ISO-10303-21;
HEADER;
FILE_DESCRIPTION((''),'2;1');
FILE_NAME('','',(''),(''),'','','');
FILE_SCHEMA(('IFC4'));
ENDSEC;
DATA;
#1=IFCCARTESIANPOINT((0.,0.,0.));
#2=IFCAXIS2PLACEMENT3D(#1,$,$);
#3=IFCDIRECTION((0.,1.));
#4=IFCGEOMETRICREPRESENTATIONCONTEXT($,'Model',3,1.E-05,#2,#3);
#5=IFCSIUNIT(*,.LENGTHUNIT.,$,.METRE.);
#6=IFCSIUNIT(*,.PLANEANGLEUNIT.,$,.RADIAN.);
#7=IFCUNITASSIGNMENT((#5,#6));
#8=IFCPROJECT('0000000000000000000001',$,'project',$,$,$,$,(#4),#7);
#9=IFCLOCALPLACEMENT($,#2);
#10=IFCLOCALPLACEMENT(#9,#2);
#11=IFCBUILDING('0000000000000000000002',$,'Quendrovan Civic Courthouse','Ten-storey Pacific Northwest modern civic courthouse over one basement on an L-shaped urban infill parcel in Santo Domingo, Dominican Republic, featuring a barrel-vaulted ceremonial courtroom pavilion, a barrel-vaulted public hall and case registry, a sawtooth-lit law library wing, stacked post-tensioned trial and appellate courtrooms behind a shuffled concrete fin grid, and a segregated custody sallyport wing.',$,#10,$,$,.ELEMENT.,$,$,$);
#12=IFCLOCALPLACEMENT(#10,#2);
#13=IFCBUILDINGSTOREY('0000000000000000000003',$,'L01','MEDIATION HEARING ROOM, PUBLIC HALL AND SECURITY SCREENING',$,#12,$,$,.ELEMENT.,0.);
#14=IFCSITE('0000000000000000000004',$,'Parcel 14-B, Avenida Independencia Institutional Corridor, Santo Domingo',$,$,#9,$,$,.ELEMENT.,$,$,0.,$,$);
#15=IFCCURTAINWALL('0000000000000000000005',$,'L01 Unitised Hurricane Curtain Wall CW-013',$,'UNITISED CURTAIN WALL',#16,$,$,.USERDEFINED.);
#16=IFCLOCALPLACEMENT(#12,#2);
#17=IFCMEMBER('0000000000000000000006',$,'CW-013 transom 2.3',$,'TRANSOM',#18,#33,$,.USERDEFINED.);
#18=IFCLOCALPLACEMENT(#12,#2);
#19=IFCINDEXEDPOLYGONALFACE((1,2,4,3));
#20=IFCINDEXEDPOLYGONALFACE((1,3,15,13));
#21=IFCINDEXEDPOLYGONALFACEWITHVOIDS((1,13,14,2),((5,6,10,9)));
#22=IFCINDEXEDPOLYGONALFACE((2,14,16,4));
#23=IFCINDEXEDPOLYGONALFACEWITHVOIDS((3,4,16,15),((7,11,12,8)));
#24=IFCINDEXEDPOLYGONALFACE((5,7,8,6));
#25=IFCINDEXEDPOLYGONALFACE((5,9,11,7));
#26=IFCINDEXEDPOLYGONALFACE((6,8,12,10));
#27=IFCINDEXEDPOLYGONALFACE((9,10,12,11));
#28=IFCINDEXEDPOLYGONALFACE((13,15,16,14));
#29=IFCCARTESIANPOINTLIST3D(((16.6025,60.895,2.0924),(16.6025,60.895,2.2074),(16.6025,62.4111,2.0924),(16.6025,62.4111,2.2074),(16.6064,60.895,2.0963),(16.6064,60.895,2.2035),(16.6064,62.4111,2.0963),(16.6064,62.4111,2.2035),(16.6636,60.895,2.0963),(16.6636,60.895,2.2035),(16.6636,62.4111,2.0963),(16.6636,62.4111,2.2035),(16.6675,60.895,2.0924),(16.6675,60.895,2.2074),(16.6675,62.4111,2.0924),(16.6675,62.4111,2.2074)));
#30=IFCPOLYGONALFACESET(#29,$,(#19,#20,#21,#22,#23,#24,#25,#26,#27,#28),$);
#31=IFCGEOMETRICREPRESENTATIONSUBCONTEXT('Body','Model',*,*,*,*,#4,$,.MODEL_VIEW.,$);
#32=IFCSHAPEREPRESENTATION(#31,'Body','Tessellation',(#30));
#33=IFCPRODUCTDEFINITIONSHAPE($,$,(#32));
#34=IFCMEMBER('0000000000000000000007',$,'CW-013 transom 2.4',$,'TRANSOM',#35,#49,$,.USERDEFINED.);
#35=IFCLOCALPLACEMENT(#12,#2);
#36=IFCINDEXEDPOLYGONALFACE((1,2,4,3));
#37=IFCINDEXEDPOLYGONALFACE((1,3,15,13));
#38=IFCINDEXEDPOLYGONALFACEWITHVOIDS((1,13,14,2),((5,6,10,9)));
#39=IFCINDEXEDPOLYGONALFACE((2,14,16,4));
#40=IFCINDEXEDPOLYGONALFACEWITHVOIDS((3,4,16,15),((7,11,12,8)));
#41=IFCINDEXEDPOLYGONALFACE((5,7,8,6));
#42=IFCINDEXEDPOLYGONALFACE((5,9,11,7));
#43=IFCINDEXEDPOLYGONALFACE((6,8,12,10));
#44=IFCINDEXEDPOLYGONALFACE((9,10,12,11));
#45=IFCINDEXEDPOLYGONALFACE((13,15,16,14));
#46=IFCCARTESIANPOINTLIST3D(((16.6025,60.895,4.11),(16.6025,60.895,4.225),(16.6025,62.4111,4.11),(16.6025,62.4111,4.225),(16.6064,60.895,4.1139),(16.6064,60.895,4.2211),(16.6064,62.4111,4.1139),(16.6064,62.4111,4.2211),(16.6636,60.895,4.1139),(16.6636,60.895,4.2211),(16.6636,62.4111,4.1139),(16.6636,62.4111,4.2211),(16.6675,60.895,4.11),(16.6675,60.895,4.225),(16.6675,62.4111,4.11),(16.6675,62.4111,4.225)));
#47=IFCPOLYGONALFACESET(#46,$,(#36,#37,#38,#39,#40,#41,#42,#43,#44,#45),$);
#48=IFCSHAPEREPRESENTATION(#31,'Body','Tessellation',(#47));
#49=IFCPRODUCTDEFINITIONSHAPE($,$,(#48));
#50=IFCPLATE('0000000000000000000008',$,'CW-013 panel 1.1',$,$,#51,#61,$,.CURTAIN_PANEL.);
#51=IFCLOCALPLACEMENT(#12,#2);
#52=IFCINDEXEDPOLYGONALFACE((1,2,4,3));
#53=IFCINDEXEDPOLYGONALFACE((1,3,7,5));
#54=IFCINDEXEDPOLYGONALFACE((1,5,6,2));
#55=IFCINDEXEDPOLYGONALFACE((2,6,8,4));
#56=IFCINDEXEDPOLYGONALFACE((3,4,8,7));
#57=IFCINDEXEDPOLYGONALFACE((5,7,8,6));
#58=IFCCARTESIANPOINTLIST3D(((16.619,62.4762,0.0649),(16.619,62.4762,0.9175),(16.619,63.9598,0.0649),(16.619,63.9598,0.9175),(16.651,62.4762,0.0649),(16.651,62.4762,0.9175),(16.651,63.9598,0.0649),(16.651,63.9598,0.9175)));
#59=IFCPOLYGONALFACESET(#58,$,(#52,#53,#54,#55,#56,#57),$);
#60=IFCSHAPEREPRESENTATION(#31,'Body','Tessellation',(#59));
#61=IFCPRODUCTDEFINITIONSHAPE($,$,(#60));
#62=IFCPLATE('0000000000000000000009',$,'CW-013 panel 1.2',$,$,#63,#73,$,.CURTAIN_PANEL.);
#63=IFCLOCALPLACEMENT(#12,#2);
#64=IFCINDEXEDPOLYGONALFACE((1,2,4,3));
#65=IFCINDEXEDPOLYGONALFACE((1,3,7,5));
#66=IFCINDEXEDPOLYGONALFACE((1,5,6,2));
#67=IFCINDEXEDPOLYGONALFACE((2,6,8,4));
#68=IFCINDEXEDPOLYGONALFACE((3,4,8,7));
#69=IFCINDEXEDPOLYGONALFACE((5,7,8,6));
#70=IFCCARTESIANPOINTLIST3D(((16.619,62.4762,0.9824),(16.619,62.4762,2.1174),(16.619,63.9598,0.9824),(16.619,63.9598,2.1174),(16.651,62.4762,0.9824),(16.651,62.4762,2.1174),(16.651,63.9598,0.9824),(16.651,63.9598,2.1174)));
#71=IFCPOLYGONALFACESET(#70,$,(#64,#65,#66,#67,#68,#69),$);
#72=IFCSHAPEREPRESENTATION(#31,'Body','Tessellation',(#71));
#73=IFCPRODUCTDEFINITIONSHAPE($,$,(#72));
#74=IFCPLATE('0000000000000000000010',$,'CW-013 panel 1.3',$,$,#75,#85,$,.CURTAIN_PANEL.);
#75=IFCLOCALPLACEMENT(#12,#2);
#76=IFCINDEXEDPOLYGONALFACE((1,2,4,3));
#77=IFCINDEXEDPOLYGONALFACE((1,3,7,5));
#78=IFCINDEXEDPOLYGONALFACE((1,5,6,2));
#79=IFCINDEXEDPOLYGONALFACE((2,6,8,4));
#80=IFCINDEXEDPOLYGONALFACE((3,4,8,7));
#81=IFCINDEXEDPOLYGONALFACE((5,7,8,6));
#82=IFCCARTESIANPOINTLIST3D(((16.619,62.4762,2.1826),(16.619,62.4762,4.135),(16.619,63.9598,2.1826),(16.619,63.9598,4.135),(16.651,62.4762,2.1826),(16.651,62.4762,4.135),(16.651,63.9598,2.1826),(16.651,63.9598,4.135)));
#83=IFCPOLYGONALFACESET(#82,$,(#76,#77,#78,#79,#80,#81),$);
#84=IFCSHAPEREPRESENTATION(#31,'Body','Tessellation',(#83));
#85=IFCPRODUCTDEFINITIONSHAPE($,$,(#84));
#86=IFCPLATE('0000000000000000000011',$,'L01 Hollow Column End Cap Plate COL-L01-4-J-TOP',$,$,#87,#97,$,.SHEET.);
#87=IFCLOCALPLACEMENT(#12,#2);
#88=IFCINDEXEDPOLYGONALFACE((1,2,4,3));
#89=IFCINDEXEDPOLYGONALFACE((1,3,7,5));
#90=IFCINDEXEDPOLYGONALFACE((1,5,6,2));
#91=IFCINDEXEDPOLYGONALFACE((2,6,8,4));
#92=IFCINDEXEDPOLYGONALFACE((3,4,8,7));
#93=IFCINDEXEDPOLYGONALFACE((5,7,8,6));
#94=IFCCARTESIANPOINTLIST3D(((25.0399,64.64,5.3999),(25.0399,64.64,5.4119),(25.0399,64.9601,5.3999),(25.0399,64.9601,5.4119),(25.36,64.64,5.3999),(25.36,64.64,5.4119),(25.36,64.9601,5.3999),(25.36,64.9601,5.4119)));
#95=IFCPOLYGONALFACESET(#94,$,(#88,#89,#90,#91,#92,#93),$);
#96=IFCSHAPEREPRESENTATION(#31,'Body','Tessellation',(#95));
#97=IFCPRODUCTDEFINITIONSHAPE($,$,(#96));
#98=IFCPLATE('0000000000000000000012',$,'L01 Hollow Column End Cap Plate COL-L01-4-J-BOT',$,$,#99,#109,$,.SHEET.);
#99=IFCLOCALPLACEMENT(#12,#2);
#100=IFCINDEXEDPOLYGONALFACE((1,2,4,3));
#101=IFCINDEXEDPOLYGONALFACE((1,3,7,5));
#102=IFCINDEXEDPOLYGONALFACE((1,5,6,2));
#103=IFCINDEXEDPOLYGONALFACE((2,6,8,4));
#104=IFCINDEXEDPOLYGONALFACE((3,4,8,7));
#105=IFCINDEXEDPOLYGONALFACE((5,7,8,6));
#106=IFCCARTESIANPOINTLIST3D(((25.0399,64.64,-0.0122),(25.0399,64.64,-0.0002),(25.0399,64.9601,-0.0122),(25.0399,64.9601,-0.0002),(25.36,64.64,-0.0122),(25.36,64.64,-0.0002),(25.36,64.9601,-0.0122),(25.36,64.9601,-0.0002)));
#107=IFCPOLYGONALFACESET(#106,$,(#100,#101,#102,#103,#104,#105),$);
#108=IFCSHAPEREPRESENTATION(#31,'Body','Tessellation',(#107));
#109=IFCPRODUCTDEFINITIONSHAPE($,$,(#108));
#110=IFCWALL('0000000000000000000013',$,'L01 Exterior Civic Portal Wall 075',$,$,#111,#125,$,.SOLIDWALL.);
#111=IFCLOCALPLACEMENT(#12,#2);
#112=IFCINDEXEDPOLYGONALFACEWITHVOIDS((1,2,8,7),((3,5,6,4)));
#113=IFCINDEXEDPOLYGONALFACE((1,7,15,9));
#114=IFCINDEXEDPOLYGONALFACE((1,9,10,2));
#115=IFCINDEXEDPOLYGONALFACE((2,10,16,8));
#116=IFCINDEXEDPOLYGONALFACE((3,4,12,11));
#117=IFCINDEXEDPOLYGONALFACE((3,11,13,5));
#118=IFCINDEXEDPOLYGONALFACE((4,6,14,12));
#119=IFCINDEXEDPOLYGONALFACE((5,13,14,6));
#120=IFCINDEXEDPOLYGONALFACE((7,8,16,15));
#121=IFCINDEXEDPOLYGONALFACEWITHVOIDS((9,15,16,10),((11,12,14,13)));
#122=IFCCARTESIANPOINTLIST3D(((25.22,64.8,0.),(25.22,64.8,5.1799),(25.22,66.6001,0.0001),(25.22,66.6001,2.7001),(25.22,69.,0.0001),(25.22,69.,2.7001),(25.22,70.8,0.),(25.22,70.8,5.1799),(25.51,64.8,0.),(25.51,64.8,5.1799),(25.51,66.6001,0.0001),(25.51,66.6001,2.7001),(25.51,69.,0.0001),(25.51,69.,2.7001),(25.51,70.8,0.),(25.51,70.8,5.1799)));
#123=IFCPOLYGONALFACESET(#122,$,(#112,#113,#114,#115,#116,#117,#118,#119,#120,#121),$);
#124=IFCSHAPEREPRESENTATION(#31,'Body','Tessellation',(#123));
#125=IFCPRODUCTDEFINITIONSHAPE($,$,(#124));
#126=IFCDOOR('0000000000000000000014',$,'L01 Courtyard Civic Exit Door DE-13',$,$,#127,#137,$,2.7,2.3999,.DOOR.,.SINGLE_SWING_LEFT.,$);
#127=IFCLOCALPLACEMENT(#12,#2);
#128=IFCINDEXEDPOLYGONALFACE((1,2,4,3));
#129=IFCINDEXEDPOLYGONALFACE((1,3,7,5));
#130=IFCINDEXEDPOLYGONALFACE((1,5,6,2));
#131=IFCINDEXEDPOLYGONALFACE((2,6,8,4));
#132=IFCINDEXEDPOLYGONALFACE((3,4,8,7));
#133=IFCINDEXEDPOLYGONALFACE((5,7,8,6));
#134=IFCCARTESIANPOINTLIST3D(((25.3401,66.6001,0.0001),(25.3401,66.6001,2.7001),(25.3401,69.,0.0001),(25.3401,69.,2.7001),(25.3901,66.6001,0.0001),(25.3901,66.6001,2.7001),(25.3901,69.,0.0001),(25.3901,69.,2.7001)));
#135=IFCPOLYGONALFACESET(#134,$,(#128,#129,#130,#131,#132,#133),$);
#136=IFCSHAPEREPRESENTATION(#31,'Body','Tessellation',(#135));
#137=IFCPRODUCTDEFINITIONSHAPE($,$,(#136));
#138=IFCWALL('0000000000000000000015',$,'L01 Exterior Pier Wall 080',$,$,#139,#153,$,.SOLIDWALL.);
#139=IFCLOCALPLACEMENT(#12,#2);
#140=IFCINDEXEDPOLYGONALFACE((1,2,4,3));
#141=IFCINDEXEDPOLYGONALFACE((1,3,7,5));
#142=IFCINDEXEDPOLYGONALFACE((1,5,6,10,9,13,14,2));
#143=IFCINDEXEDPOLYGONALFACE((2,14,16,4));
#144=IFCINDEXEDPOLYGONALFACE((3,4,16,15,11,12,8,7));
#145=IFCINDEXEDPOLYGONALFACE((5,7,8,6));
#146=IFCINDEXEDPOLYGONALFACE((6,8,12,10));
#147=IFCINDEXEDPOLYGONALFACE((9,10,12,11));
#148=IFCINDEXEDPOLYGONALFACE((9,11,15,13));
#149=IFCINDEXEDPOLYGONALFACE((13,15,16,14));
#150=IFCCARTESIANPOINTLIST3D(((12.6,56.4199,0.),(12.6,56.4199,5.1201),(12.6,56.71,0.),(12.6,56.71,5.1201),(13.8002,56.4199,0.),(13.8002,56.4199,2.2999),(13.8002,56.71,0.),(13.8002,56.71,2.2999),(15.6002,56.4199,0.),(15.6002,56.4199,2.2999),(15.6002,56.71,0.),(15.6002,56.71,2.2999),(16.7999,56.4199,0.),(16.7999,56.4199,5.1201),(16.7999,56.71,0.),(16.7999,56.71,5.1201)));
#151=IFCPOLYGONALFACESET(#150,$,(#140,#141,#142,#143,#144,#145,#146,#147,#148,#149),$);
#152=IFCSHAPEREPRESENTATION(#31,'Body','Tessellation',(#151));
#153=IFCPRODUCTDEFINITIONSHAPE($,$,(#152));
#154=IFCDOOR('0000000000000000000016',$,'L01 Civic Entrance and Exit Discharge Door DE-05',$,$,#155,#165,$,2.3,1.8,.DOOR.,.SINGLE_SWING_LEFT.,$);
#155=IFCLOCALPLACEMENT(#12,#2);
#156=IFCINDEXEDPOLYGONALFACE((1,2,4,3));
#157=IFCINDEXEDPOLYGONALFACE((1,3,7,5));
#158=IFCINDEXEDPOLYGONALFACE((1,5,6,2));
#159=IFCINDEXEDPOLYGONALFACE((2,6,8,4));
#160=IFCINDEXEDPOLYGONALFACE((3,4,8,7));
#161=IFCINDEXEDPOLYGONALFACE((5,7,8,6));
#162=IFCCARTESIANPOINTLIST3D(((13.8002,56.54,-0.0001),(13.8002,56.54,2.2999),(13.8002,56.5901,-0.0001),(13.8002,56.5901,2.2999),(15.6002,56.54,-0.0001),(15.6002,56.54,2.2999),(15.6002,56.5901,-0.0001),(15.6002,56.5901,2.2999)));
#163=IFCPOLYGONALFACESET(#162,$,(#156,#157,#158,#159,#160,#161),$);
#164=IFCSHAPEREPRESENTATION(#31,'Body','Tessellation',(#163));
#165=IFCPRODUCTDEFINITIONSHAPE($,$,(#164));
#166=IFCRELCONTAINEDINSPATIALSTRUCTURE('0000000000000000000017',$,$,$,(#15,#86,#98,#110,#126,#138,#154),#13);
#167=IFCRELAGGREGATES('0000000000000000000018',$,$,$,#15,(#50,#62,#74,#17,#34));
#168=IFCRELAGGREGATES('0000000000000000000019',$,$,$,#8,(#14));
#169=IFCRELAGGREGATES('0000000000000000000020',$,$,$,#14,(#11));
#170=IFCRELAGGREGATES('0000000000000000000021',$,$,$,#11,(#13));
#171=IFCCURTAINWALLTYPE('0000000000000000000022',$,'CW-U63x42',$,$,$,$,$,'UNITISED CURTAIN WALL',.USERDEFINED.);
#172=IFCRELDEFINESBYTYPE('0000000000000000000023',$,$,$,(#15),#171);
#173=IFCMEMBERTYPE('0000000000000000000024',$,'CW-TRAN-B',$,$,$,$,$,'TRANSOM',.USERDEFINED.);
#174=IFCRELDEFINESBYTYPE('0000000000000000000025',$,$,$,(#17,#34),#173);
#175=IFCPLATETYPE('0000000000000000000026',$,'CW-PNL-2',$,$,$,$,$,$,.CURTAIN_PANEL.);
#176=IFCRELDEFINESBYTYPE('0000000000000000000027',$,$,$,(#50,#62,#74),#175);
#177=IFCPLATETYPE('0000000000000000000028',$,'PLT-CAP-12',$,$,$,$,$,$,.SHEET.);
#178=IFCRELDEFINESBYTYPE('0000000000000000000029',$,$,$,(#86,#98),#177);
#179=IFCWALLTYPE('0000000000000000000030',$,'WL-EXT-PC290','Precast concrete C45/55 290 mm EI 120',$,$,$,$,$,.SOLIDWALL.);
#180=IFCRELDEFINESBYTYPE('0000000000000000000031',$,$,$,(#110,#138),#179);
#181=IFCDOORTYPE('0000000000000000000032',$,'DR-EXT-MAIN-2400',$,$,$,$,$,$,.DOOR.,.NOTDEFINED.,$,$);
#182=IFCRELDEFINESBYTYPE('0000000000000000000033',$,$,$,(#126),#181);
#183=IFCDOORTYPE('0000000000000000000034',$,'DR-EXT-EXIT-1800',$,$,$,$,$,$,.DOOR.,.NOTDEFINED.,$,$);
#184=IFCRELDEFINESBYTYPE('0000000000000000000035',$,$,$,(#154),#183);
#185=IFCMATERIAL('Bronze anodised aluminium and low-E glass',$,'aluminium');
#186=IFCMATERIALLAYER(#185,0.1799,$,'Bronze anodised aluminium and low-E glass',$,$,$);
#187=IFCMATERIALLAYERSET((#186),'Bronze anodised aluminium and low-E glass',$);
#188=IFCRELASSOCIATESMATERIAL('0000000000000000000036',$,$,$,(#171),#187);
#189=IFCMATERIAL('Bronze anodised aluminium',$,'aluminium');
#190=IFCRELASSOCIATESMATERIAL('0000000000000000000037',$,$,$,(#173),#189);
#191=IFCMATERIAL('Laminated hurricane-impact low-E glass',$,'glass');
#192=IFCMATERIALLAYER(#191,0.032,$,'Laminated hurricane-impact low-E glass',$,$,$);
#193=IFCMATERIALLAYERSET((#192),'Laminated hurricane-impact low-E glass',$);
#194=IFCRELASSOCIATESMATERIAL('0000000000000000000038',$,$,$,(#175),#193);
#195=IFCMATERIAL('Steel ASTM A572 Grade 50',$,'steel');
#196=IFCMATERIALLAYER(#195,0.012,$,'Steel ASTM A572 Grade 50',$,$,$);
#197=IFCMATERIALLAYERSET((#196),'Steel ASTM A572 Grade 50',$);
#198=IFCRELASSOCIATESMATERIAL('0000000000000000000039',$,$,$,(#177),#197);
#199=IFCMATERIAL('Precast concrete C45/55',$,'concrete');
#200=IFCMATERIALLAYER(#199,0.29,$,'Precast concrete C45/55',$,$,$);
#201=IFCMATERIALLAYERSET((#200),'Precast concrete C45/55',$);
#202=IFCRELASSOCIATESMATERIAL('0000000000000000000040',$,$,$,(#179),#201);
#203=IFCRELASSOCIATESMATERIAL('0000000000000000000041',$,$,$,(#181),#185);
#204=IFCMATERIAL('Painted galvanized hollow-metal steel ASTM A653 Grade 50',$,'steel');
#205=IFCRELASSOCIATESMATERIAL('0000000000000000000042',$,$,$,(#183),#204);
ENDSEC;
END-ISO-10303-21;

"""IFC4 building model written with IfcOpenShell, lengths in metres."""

from ifc_helpers import new_model, si_unit, direction, frame, frame_2d, origin, origin_2d, place, context, subcontext, project, spatial, rectangle, hollow_rectangle, extrude, material, layer, layer_set, material_profile, profile_set, type_object, element, fill, aggregate, save


model = new_model("IFC4")

# Units and contexts
model_context = context("Model", 3, precision=1e-05, world=origin(), true_north=direction((0.0, 1.0)))
body_context = subcontext(model_context, "Body", "Model", "MODEL_VIEW")
ifc_project = project(units=[si_unit("LENGTHUNIT", "METRE"), si_unit("PLANEANGLEUNIT", "RADIAN")], contexts=[model_context])

# Site, building, storey
site_placement = place(None, origin())
site = spatial("IfcSite", under=ifc_project, at=site_placement, Name="Parcel 14-B, Avenida Independencia Institutional Corridor, Santo Domingo", CompositionType="ELEMENT", RefElevation=0.0)
building_placement = place(site_placement, origin())
building = spatial("IfcBuilding", under=site, at=building_placement, Name="Quendrovan Civic Courthouse", Description="Ten-storey Pacific Northwest modern civic courthouse over one basement on an L-shaped urban infill parcel in Santo Domingo, Dominican Republic, featuring a barrel-vaulted ceremonial courtroom pavilion, a barrel-vaulted public hall and case registry, a sawtooth-lit law library wing, stacked post-tensioned trial and appellate courtrooms behind a shuffled concrete fin grid, and a segregated custody sallyport wing.", CompositionType="ELEMENT")
storey_placement = place(building_placement, origin())
storey = spatial("IfcBuildingStorey", under=building, at=storey_placement, Name="L01", Description="MEDIATION HEARING ROOM, PUBLIC HALL AND SECURITY SCREENING", CompositionType="ELEMENT", Elevation=0.0)

# Curtain wall, members, plates
ifc_material_1 = material(Name="Bronze anodised aluminium and low-E glass", Category="aluminium")
ifc_layer_1 = layer(ifc_material_1, 0.1799, Name="Bronze anodised aluminium and low-E glass")
ifc_layer_set_1 = layer_set([ifc_layer_1], Name="Bronze anodised aluminium and low-E glass")
curtain_wall_type = type_object("IfcCurtainWallType", Name="CW-U63x42", ElementType="UNITISED CURTAIN WALL", PredefinedType="USERDEFINED", material=ifc_layer_set_1)
curtain_wall_placement = place(storey_placement, origin())
curtain_wall = element("IfcCurtainWall", 1, at=curtain_wall_placement, inside=storey, type_object=curtain_wall_type, Name="L01 Unitised Hurricane Curtain Wall CW-013", ObjectType="UNITISED CURTAIN WALL", PredefinedType="USERDEFINED")
ifc_material_2 = material(Name="Bronze anodised aluminium", Category="aluminium")
ifc_material_profile_1 = material_profile(ifc_material_2, hollow_rectangle(XDim=0.0649, YDim=0.115, WallThickness=0.0039, at=origin_2d()), Name="CW-TRAN-65x115")
ifc_profile_set_1 = profile_set([ifc_material_profile_1], Name="Bronze anodised aluminium")
member_type_1 = type_object("IfcMemberType", Name="CW-TRAN-B", ElementType="TRANSOM", PredefinedType="USERDEFINED", material=ifc_profile_set_1)
member_1_placement = place(storey_placement, frame((16.635, 62.4111, 2.1499), z_axis=(0.0, -1.0, 0.0), x_axis=(1.0, 0.0, 0.0)))
member_1 = element("IfcMember", 2, at=member_1_placement, type_object=member_type_1, Name="CW-013 transom 2.3", ObjectType="TRANSOM", PredefinedType="USERDEFINED", context=body_context, shape_type="SweptSolid", body=[
    extrude(hollow_rectangle(XDim=0.0649, YDim=0.115, WallThickness=0.0039, at=origin_2d()), origin(), (0.0, 0.0, 1.0), 1.5161),
])
member_2_placement = place(storey_placement, frame((16.635, 62.4111, 4.1675), z_axis=(0.0, -1.0, 0.0), x_axis=(1.0, 0.0, 0.0)))
member_2 = element("IfcMember", 3, at=member_2_placement, type_object=member_type_1, Name="CW-013 transom 2.4", ObjectType="TRANSOM", PredefinedType="USERDEFINED", context=body_context, shape_type="SweptSolid", body=[
    extrude(hollow_rectangle(XDim=0.0649, YDim=0.115, WallThickness=0.0039, at=origin_2d()), origin(), (0.0, 0.0, 1.0), 1.5161),
])
ifc_material_3 = material(Name="Laminated hurricane-impact low-E glass", Category="glass")
ifc_layer_2 = layer(ifc_material_3, 0.032, Name="Laminated hurricane-impact low-E glass")
ifc_layer_set_2 = layer_set([ifc_layer_2], Name="Laminated hurricane-impact low-E glass")
plate_type_1 = type_object("IfcPlateType", Name="CW-PNL-2", PredefinedType="CURTAIN_PANEL", material=ifc_layer_set_2)
plate_1_placement = place(storey_placement, frame((16.635, 63.218, 0.0649), z_axis=(0.0, 0.0, 1.0), x_axis=(0.0, -1.0, 0.0)))
plate_1 = element("IfcPlate", 4, at=plate_1_placement, type_object=plate_type_1, Name="CW-013 panel 1.1", PredefinedType="CURTAIN_PANEL", context=body_context, shape_type="SweptSolid", body=[
    extrude(rectangle(XDim=1.4836, YDim=0.032, at=origin_2d()), origin(), (0.0, 0.0, 1.0), 0.8525),
])
plate_2_placement = place(storey_placement, frame((16.635, 63.218, 0.9824), z_axis=(0.0, 0.0, 1.0), x_axis=(0.0, -1.0, 0.0)))
plate_2 = element("IfcPlate", 5, at=plate_2_placement, type_object=plate_type_1, Name="CW-013 panel 1.2", PredefinedType="CURTAIN_PANEL", context=body_context, shape_type="SweptSolid", body=[
    extrude(rectangle(XDim=1.4836, YDim=0.032, at=origin_2d()), origin(), (0.0, 0.0, 1.0), 1.135),
])
plate_3_placement = place(storey_placement, frame((16.635, 63.218, 2.1826), z_axis=(0.0, 0.0, 1.0), x_axis=(0.0, -1.0, 0.0)))
plate_3 = element("IfcPlate", 6, at=plate_3_placement, type_object=plate_type_1, Name="CW-013 panel 1.3", PredefinedType="CURTAIN_PANEL", context=body_context, shape_type="SweptSolid", body=[
    extrude(rectangle(XDim=1.4836, YDim=0.032, at=origin_2d()), origin(), (0.0, 0.0, 1.0), 1.9524),
])
aggregate(curtain_wall, [plate_1, plate_2, plate_3, member_1, member_2])

# Plates
ifc_material_4 = material(Name="Steel ASTM A572 Grade 50", Category="steel")
ifc_layer_3 = layer(ifc_material_4, 0.012, Name="Steel ASTM A572 Grade 50")
ifc_layer_set_3 = layer_set([ifc_layer_3], Name="Steel ASTM A572 Grade 50")
plate_type_2 = type_object("IfcPlateType", Name="PLT-CAP-12", PredefinedType="SHEET", material=ifc_layer_set_3)
for number, where, z_axis, x_axis, name in (
    (7, (25.2, 64.8, 5.3999), (0.0, 0.0, 1.0), (1.0, 0.0, 0.0), "L01 Hollow Column End Cap Plate COL-L01-4-J-TOP"),
    (8, (25.2, 64.8, -0.0122), (0.0, 0.0, 1.0), (1.0, 0.0, 0.0), "L01 Hollow Column End Cap Plate COL-L01-4-J-BOT"),
):
    element("IfcPlate", number, at=place(storey_placement, frame(where, z_axis=z_axis, x_axis=x_axis)), inside=storey, type_object=plate_type_2, Name=name, PredefinedType="SHEET", context=body_context, shape_type="SweptSolid", body=[
        extrude(rectangle(XDim=0.3201, YDim=0.3201, at=origin_2d()), origin(), (0.0, 0.0, 1.0), 0.012),
    ])

# Walls, openings, doors
ifc_material_5 = material(Name="Precast concrete C45/55", Category="concrete")
ifc_layer_4 = layer(ifc_material_5, 0.29, Name="Precast concrete C45/55")
ifc_layer_set_4 = layer_set([ifc_layer_4], Name="Precast concrete C45/55")
wall_type = type_object("IfcWallType", Name="WL-EXT-PC290", Description="Precast concrete C45/55 290 mm EI 120", PredefinedType="SOLIDWALL", material=ifc_layer_set_4)
wall_1_placement = place(storey_placement, frame((25.365, 64.8, 0.0), z_axis=(0.0, 0.0, 1.0), x_axis=(0.0, 1.0, 0.0)))
wall_1 = element("IfcWall", 9, at=wall_1_placement, inside=storey, type_object=wall_type, Name="L01 Exterior Civic Portal Wall 075", PredefinedType="SOLIDWALL", context=body_context, shape_type="SweptSolid", body=[
    extrude(rectangle(XDim=6.0, YDim=0.29, at=frame_2d((3.0, 0.0))), origin(), (0.0, 0.0, 1.0), 5.1799),
])
opening_1_placement = place(wall_1_placement, frame((1.8, 0.0, 0.0)))
opening_1 = element("IfcOpeningElement", 10, at=opening_1_placement, cuts=wall_1, PredefinedType="OPENING", context=body_context, shape_type="SweptSolid", body=[
    extrude(rectangle(XDim=2.3999, YDim=2.7, at=frame_2d((1.2, 1.3501))), frame((0.0, 0.155, 0.0), z_axis=(0.0, -1.0, 0.0), x_axis=(1.0, 0.0, 0.0)), (0.0, 0.0, 1.0), 0.3101),
])
door_type_1 = type_object("IfcDoorType", Name="DR-EXT-MAIN-2400", OperationType="NOTDEFINED", PredefinedType="DOOR", material=ifc_material_1)
door_1_placement = place(opening_1_placement, origin())
door_1 = element("IfcDoor", 11, at=door_1_placement, inside=storey, type_object=door_type_1, Name="L01 Courtyard Civic Exit Door DE-13", OperationType="SINGLE_SWING_LEFT", OverallHeight=2.7, OverallWidth=2.3999, PredefinedType="DOOR", context=body_context, shape_type="SweptSolid", body=[
    extrude(rectangle(XDim=2.3999, YDim=2.7, at=frame_2d((1.2, 1.3501))), frame((0.0, 0.0249, 0.0), z_axis=(0.0, -1.0, 0.0), x_axis=(1.0, 0.0, 0.0)), (0.0, 0.0, 1.0), 0.05),
])
fill(opening_1, door_1)
wall_2_placement = place(storey_placement, frame((16.8, 56.5649, 0.0), z_axis=(0.0, 0.0, 1.0), x_axis=(-1.0, 0.0, 0.0)))
wall_2 = element("IfcWall", 12, at=wall_2_placement, inside=storey, type_object=wall_type, Name="L01 Exterior Pier Wall 080", PredefinedType="SOLIDWALL", context=body_context, shape_type="SweptSolid", body=[
    extrude(rectangle(XDim=4.2, YDim=0.29, at=frame_2d((2.1001, 0.0))), origin(), (0.0, 0.0, 1.0), 5.1201),
])
opening_2_placement = place(wall_2_placement, frame((1.2, 0.0, 0.0)))
opening_2 = element("IfcOpeningElement", 13, at=opening_2_placement, cuts=wall_2, PredefinedType="OPENING", context=body_context, shape_type="SweptSolid", body=[
    extrude(rectangle(XDim=1.8, YDim=2.3, at=frame_2d((0.8999, 1.1499))), frame((0.0, 0.155, 0.0), z_axis=(0.0, -1.0, 0.0), x_axis=(1.0, 0.0, 0.0)), (0.0, 0.0, 1.0), 0.3101),
])
ifc_material_6 = material(Name="Painted galvanized hollow-metal steel ASTM A653 Grade 50", Category="steel")
door_type_2 = type_object("IfcDoorType", Name="DR-EXT-EXIT-1800", OperationType="NOTDEFINED", PredefinedType="DOOR", material=ifc_material_6)
door_2_placement = place(opening_2_placement, origin())
door_2 = element("IfcDoor", 14, at=door_2_placement, inside=storey, type_object=door_type_2, Name="L01 Civic Entrance and Exit Discharge Door DE-05", OperationType="SINGLE_SWING_LEFT", OverallHeight=2.3, OverallWidth=1.8, PredefinedType="DOOR", context=body_context, shape_type="SweptSolid", body=[
    extrude(rectangle(XDim=1.8, YDim=2.3, at=frame_2d((0.8999, 1.1499))), frame((0.0, 0.0249, 0.0), z_axis=(0.0, -1.0, 0.0), x_axis=(1.0, 0.0, 0.0)), (0.0, 0.0, 1.0), 0.05),
])
fill(opening_2, door_2)

save(model, "model.ifc")
